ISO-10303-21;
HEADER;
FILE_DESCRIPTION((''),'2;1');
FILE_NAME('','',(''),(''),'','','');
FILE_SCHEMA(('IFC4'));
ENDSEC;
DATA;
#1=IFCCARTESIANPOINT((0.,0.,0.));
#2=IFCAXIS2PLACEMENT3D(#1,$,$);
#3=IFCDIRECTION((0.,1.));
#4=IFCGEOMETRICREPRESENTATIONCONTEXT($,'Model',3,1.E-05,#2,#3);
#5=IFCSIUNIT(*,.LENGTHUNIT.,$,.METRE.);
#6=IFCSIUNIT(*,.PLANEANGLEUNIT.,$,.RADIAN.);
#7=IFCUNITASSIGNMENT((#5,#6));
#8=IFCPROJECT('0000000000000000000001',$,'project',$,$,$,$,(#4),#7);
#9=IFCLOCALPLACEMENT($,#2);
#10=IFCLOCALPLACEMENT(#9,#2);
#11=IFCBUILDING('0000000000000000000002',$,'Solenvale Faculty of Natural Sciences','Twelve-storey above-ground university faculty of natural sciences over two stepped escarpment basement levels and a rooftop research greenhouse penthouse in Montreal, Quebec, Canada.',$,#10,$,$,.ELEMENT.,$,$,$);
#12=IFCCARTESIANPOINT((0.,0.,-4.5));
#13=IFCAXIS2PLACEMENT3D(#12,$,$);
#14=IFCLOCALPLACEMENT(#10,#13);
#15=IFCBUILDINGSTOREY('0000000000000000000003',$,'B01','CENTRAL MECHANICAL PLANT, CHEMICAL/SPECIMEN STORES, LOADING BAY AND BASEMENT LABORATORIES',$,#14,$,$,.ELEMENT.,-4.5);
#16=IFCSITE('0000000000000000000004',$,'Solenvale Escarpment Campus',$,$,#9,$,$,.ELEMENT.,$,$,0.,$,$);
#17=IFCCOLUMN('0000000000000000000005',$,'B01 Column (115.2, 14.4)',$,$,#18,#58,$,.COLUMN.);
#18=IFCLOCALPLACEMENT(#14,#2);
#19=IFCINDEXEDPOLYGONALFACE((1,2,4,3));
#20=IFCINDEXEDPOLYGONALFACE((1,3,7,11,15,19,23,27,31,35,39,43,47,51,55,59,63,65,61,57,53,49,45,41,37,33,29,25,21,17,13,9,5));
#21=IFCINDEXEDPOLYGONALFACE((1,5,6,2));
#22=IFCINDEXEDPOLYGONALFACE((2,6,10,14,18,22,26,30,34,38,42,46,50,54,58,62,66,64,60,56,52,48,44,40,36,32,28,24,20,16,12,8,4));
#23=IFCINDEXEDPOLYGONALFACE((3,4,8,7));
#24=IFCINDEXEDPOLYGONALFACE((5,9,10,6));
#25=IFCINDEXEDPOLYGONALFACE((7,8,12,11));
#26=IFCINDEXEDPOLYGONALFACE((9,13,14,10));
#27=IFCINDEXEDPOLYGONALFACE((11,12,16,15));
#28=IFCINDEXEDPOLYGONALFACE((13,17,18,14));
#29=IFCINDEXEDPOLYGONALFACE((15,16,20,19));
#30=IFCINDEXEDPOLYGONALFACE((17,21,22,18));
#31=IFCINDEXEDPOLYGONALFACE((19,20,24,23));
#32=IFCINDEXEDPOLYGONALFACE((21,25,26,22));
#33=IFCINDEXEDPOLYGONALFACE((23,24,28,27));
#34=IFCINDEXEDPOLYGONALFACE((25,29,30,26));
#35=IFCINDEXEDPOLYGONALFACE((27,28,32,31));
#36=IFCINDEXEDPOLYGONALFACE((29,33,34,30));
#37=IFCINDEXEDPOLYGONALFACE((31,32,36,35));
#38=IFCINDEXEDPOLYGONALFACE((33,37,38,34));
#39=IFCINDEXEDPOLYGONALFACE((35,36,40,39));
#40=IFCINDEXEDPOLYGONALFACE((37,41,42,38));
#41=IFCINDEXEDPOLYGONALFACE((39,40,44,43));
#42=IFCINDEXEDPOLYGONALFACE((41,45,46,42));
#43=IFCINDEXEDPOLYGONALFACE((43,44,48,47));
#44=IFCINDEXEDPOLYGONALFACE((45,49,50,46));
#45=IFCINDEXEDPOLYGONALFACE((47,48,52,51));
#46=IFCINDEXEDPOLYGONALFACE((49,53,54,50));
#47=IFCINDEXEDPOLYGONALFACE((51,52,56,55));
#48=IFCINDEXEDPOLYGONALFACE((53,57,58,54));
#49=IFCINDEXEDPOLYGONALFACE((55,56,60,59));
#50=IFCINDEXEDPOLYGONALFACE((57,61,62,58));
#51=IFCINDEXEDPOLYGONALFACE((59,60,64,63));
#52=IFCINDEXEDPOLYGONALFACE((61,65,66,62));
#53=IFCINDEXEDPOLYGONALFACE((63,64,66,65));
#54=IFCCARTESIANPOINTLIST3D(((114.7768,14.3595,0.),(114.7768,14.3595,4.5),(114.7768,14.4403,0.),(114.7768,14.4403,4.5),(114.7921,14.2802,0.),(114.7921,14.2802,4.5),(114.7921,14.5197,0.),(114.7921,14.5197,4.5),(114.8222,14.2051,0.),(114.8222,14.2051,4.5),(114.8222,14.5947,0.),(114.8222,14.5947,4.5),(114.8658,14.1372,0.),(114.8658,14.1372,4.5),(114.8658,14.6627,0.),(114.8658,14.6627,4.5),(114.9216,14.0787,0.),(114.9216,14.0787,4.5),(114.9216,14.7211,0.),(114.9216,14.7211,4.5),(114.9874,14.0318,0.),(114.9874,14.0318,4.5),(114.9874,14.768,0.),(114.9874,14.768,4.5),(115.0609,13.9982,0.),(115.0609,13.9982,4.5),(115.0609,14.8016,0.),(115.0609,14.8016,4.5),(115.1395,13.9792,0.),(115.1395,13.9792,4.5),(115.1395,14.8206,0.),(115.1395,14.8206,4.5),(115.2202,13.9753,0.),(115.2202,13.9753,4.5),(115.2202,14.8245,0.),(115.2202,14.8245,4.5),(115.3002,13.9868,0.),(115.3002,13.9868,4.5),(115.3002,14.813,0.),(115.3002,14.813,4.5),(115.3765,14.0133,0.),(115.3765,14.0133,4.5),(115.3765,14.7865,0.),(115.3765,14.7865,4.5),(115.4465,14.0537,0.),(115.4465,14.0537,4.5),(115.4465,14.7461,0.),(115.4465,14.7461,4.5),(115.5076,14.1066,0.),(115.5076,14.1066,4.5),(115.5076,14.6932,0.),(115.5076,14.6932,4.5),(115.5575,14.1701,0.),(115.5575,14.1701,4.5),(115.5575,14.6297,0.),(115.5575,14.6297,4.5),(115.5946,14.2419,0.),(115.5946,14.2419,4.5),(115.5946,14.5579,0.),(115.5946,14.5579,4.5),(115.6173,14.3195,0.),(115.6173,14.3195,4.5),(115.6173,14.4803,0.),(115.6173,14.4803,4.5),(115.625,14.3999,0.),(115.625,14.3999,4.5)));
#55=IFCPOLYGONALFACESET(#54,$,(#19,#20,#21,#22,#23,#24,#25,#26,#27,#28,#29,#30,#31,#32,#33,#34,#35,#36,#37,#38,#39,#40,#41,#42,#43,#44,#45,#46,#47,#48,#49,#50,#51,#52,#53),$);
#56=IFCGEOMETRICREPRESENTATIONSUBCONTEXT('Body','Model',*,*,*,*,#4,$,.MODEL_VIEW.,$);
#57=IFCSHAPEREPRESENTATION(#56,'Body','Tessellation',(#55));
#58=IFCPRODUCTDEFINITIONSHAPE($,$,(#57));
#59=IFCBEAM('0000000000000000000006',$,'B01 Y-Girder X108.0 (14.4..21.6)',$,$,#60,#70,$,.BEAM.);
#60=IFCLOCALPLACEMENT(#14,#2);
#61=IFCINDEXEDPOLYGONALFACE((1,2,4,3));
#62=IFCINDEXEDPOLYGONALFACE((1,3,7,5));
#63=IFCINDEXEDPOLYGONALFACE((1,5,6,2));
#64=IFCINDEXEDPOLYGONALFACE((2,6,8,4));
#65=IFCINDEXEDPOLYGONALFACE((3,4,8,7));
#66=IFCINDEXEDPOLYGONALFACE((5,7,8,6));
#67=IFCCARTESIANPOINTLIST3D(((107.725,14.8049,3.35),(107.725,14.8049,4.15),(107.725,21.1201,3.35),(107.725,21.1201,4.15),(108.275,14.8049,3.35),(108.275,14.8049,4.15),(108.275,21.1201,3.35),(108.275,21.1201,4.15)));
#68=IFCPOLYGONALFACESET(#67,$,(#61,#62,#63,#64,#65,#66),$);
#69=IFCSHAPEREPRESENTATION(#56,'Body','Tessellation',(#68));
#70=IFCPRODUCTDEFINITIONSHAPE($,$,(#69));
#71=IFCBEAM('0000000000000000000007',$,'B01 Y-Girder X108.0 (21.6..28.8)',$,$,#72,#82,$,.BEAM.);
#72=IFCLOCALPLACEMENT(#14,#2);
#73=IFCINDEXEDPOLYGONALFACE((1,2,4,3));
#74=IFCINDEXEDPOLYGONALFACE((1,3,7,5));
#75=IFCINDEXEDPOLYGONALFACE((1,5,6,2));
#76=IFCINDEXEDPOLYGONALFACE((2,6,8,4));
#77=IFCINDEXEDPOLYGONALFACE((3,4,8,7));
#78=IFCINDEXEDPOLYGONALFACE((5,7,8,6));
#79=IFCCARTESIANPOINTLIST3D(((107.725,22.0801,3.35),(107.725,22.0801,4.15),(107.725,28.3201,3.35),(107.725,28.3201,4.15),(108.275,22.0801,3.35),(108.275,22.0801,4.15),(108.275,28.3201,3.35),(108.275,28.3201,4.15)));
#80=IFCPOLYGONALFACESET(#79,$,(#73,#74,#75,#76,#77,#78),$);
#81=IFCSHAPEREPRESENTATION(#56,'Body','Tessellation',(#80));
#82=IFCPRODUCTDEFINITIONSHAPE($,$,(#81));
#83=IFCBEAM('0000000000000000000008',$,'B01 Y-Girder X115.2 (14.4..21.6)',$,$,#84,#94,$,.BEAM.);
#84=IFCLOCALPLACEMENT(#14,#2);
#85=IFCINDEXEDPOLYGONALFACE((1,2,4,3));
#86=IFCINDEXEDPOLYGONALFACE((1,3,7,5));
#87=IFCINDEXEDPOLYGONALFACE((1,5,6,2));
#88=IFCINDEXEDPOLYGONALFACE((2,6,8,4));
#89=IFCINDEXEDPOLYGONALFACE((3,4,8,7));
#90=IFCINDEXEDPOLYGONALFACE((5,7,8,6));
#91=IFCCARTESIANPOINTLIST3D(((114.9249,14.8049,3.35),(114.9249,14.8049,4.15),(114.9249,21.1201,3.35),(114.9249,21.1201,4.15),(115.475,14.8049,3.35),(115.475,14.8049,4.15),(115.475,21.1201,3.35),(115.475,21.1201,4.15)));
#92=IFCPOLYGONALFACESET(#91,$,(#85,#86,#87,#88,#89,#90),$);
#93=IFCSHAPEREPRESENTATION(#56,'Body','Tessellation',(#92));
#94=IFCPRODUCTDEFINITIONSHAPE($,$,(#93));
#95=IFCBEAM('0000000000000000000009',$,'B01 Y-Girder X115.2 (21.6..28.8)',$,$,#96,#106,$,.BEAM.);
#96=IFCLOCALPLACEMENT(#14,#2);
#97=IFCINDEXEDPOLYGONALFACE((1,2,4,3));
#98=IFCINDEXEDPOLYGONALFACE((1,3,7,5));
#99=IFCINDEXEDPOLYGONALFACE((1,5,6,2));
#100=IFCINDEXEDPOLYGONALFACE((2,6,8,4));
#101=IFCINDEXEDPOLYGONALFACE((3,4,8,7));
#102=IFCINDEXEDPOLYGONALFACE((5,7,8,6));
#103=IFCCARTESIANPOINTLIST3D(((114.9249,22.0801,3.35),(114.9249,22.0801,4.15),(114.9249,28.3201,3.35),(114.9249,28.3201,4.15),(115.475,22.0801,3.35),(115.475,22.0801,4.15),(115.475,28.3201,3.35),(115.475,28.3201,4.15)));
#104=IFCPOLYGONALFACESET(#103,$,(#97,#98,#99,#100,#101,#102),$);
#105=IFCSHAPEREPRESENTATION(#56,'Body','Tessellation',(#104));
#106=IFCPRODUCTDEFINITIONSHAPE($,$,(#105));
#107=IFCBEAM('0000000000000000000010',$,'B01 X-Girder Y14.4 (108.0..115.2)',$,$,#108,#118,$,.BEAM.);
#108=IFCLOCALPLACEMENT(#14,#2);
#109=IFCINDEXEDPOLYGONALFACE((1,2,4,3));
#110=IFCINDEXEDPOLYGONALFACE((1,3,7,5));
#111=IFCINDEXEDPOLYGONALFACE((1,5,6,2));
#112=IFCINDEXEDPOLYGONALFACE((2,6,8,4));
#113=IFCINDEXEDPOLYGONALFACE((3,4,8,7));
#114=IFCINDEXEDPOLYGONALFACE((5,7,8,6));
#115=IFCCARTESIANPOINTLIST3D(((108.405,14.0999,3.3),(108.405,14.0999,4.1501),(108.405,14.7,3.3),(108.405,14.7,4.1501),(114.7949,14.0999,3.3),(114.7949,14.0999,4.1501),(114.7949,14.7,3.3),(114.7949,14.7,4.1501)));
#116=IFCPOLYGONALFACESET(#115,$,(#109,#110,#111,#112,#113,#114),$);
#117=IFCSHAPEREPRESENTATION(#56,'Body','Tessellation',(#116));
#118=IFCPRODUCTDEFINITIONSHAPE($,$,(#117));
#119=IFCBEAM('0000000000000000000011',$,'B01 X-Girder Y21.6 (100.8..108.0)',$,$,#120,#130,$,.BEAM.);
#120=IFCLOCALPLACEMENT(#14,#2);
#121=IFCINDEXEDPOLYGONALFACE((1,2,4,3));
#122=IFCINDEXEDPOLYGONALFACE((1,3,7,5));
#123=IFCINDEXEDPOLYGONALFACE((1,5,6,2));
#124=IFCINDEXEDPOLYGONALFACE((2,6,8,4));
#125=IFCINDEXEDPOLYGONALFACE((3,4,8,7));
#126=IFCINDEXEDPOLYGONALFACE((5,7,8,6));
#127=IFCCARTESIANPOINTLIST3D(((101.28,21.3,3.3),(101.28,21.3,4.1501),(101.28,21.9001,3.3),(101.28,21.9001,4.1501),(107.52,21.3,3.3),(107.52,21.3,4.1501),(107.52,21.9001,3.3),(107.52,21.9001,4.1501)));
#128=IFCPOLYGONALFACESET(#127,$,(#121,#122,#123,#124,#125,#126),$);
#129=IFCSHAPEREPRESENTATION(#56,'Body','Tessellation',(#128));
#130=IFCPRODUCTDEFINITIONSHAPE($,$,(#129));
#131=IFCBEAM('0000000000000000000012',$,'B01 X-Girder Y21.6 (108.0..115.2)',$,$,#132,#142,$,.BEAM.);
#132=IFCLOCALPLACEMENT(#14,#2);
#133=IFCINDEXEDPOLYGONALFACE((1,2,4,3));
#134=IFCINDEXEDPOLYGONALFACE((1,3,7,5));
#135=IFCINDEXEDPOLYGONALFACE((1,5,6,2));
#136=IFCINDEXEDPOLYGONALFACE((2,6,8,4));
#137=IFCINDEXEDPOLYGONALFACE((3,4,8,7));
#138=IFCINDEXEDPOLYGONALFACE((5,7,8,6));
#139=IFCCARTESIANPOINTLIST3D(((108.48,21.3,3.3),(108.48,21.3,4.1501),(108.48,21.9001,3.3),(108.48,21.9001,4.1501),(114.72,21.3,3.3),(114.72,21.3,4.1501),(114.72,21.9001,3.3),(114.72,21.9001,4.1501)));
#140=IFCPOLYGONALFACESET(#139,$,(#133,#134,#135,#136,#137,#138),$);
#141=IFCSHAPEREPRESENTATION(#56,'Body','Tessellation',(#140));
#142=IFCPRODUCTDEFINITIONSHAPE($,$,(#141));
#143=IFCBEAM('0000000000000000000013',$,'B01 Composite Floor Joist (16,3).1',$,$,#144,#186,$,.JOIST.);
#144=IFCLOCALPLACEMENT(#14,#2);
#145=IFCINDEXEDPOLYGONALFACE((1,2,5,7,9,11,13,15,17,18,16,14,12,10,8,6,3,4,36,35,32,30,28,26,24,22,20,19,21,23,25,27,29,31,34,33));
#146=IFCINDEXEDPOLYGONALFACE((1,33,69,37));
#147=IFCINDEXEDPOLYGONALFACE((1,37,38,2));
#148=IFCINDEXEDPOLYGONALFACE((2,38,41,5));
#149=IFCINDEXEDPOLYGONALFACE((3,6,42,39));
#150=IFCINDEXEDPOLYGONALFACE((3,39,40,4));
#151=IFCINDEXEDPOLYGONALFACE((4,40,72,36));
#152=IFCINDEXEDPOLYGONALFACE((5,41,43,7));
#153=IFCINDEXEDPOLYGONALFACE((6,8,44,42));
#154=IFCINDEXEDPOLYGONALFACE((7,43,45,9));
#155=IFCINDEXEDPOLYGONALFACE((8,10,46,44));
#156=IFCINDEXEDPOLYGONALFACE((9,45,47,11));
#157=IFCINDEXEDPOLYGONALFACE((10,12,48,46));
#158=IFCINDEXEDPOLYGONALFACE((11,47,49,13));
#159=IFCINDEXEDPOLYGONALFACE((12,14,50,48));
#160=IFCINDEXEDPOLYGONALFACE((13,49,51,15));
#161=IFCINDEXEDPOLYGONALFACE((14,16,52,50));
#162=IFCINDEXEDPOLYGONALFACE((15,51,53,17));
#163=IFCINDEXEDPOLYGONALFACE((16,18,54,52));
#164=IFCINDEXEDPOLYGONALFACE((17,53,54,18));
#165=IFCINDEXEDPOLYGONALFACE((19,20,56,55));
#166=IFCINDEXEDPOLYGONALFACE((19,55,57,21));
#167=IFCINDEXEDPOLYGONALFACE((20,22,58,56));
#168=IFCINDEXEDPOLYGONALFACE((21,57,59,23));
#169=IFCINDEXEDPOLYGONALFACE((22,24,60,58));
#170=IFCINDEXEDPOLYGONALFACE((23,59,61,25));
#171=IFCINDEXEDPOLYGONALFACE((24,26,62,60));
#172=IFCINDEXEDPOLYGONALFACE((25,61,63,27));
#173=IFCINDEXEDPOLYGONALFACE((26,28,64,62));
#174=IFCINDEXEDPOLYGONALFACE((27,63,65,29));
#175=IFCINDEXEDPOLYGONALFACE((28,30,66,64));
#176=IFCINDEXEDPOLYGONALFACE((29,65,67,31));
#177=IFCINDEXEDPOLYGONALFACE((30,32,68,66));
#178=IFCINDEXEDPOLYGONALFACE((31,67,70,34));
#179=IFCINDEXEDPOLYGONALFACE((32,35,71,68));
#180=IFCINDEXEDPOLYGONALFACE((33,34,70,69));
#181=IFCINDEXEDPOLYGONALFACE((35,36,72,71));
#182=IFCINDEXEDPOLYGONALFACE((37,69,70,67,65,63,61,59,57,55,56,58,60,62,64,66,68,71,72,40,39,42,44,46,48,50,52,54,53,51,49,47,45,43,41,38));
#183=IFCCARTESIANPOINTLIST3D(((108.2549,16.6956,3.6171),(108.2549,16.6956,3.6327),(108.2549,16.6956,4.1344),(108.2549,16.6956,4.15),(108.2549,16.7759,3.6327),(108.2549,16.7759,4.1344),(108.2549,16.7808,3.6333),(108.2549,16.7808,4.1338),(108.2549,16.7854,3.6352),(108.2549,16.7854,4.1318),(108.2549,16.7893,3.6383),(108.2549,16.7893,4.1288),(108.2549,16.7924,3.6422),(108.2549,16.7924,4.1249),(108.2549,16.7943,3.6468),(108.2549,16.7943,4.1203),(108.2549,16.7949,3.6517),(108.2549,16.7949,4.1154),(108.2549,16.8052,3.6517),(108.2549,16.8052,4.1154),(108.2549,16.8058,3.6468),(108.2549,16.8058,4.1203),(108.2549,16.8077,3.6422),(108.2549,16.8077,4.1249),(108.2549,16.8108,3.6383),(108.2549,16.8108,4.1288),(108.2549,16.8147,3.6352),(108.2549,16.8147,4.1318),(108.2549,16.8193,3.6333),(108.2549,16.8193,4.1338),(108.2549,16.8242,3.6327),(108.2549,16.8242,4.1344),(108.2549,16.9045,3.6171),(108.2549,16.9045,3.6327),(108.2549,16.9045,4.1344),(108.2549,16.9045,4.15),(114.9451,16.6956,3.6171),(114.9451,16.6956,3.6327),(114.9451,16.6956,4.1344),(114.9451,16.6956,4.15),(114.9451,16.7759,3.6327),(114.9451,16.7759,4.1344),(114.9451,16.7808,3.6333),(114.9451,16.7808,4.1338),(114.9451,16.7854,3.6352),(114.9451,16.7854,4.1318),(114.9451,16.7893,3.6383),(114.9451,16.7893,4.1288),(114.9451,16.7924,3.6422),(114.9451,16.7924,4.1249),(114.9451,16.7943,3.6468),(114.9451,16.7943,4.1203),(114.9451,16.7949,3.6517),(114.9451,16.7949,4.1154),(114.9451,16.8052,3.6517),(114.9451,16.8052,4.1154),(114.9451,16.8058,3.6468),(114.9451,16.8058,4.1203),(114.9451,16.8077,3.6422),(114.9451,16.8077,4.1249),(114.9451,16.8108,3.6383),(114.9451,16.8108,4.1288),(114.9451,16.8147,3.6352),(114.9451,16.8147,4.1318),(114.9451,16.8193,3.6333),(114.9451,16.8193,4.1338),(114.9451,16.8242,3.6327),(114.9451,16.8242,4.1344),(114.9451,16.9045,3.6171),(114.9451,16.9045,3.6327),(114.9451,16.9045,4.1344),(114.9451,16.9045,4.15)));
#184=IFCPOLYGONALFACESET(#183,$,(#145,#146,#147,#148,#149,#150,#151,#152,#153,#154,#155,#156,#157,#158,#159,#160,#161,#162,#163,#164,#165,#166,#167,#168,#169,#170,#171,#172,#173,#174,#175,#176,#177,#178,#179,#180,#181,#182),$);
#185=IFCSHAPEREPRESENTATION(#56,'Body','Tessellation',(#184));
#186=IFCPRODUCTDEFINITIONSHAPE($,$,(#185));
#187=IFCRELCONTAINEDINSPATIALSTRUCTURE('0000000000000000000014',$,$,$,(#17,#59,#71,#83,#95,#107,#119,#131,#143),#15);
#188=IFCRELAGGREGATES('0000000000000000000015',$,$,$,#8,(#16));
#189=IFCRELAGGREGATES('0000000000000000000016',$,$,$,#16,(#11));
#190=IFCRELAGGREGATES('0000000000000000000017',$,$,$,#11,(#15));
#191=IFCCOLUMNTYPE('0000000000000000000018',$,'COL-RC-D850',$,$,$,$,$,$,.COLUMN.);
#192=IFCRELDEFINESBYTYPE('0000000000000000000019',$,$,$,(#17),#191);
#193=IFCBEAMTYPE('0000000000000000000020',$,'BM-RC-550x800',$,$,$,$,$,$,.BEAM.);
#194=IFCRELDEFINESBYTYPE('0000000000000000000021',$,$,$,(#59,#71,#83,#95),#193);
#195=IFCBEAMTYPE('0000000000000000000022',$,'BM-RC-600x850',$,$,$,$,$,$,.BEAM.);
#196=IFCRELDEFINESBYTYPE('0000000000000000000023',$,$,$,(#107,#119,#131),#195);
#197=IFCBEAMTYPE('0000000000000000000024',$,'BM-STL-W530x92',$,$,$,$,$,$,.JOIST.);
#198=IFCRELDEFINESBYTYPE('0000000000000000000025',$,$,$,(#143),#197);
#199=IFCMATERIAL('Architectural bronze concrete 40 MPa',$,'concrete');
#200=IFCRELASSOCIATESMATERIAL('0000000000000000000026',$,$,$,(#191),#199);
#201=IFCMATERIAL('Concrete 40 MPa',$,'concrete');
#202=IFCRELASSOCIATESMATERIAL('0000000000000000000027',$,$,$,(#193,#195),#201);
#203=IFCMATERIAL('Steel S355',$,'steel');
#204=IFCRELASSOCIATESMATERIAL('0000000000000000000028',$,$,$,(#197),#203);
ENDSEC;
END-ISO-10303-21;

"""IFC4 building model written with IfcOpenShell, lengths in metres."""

from ifc_helpers import new_model, si_unit, direction, frame, origin, origin_2d, place, context, subcontext, project, spatial, rectangle, circle, i_section, extrude, material, material_profile, profile_set, type_object, element, save


model = new_model("IFC4")

# Units and contexts
model_context = context("Model", 3, precision=1e-05, world=origin(), true_north=direction((0.0, 1.0)))
body_context = subcontext(model_context, "Body", "Model", "MODEL_VIEW")
ifc_project = project(units=[si_unit("LENGTHUNIT", "METRE"), si_unit("PLANEANGLEUNIT", "RADIAN")], contexts=[model_context])

# Site, building, storey
site_placement = place(None, origin())
site = spatial("IfcSite", under=ifc_project, at=site_placement, Name="Solenvale Escarpment Campus", CompositionType="ELEMENT", RefElevation=0.0)
building_placement = place(site_placement, origin())
building = spatial("IfcBuilding", under=site, at=building_placement, Name="Solenvale Faculty of Natural Sciences", Description="Twelve-storey above-ground university faculty of natural sciences over two stepped escarpment basement levels and a rooftop research greenhouse penthouse in Montreal, Quebec, Canada.", CompositionType="ELEMENT")
storey_placement = place(building_placement, frame((0.0, 0.0, -4.5)))
storey = spatial("IfcBuildingStorey", under=building, at=storey_placement, Name="B01", Description="CENTRAL MECHANICAL PLANT, CHEMICAL/SPECIMEN STORES, LOADING BAY AND BASEMENT LABORATORIES", CompositionType="ELEMENT", Elevation=-4.5)

# Shared definitions
ifc_material_1 = material(Name="Concrete 40 MPa", Category="concrete")

# Column
ifc_material_2 = material(Name="Architectural bronze concrete 40 MPa", Category="concrete")
ifc_material_profile_1 = material_profile(ifc_material_2, circle(Radius=0.425, at=origin_2d()), Name="RC-COL-D850")
ifc_profile_set_1 = profile_set([ifc_material_profile_1], Name="Architectural bronze concrete 40 MPa")
column_type_1 = type_object("IfcColumnType", Name="COL-RC-D850", PredefinedType="COLUMN", material=ifc_profile_set_1)
for number, where, z_axis, x_axis, name in (
    (1, (115.2, 14.3999, 0.0), (0.0, 0.0, 1.0), (1.0, 0.0, 0.0), "B01 Column (115.2, 14.4)"),
):
    element("IfcColumn", number, at=place(storey_placement, frame(where, z_axis=z_axis, x_axis=x_axis)), inside=storey, type_object=column_type_1, Name=name, PredefinedType="COLUMN", context=body_context, shape_type="SweptSolid", body=[
        extrude(circle(Radius=0.425, at=origin_2d()), origin(), (0.0, 0.0, 1.0), 4.5),
    ])

# Beams
ifc_material_profile_2 = material_profile(ifc_material_1, rectangle(XDim=0.55, YDim=0.8, at=origin_2d()), Name="RC-BM-550x800")
ifc_profile_set_2 = profile_set([ifc_material_profile_2], Name="Concrete 40 MPa")
beam_type_1 = type_object("IfcBeamType", Name="BM-RC-550x800", PredefinedType="BEAM", material=ifc_profile_set_2)
beam_1_placement = place(storey_placement, frame((108.0, 14.8049, 3.75), z_axis=(0.0, 1.0, 0.0), x_axis=(-1.0, 0.0, 0.0)))
element("IfcBeam", 2, at=beam_1_placement, inside=storey, type_object=beam_type_1, Name="B01 Y-Girder X108.0 (14.4..21.6)", PredefinedType="BEAM", context=body_context, shape_type="SweptSolid", body=[
    extrude(rectangle(XDim=0.55, YDim=0.8, at=origin_2d()), origin(), (0.0, 0.0, 1.0), 6.3152),
])
beam_2_placement = place(storey_placement, frame((108.0, 22.0801, 3.75), z_axis=(0.0, 1.0, 0.0), x_axis=(-1.0, 0.0, 0.0)))
element("IfcBeam", 3, at=beam_2_placement, inside=storey, type_object=beam_type_1, Name="B01 Y-Girder X108.0 (21.6..28.8)", PredefinedType="BEAM", context=body_context, shape_type="SweptSolid", body=[
    extrude(rectangle(XDim=0.55, YDim=0.8, at=origin_2d()), origin(), (0.0, 0.0, 1.0), 6.24),
])
beam_3_placement = place(storey_placement, frame((115.2, 14.8049, 3.75), z_axis=(0.0, 1.0, 0.0), x_axis=(-1.0, 0.0, 0.0)))
element("IfcBeam", 4, at=beam_3_placement, inside=storey, type_object=beam_type_1, Name="B01 Y-Girder X115.2 (14.4..21.6)", PredefinedType="BEAM", context=body_context, shape_type="SweptSolid", body=[
    extrude(rectangle(XDim=0.55, YDim=0.8, at=origin_2d()), origin(), (0.0, 0.0, 1.0), 6.3152),
])
beam_4_placement = place(storey_placement, frame((115.2, 22.0801, 3.75), z_axis=(0.0, 1.0, 0.0), x_axis=(-1.0, 0.0, 0.0)))
element("IfcBeam", 5, at=beam_4_placement, inside=storey, type_object=beam_type_1, Name="B01 Y-Girder X115.2 (21.6..28.8)", PredefinedType="BEAM", context=body_context, shape_type="SweptSolid", body=[
    extrude(rectangle(XDim=0.55, YDim=0.8, at=origin_2d()), origin(), (0.0, 0.0, 1.0), 6.24),
])
ifc_material_profile_3 = material_profile(ifc_material_1, rectangle(XDim=0.6001, YDim=0.8501, at=origin_2d()), Name="RC-BM-600x850")
ifc_profile_set_3 = profile_set([ifc_material_profile_3], Name="Concrete 40 MPa")
beam_type_2 = type_object("IfcBeamType", Name="BM-RC-600x850", PredefinedType="BEAM", material=ifc_profile_set_3)
beam_5_placement = place(storey_placement, frame((108.405, 14.3999, 3.7251), z_axis=(1.0, 0.0, 0.0), x_axis=(0.0, 1.0, 0.0)))
element("IfcBeam", 6, at=beam_5_placement, inside=storey, type_object=beam_type_2, Name="B01 X-Girder Y14.4 (108.0..115.2)", PredefinedType="BEAM", context=body_context, shape_type="SweptSolid", body=[
    extrude(rectangle(XDim=0.6001, YDim=0.8501, at=origin_2d()), origin(), (0.0, 0.0, 1.0), 6.3899),
])
for number, where, z_axis, x_axis, name in (
    (7, (101.28, 21.6001, 3.7251), (1.0, 0.0, 0.0), (0.0, 1.0, 0.0), "B01 X-Girder Y21.6 (100.8..108.0)"),
    (8, (108.48, 21.6001, 3.7251), (1.0, 0.0, 0.0), (0.0, 1.0, 0.0), "B01 X-Girder Y21.6 (108.0..115.2)"),
):
    element("IfcBeam", number, at=place(storey_placement, frame(where, z_axis=z_axis, x_axis=x_axis)), inside=storey, type_object=beam_type_2, Name=name, PredefinedType="BEAM", context=body_context, shape_type="SweptSolid", body=[
        extrude(rectangle(XDim=0.6001, YDim=0.8501, at=origin_2d()), origin(), (0.0, 0.0, 1.0), 6.24),
    ])
ifc_material_3 = material(Name="Steel S355", Category="steel")
ifc_material_profile_4 = material_profile(ifc_material_3, i_section(OverallWidth=0.209, OverallDepth=0.533, WebThickness=0.0103, FlangeThickness=0.0156, FilletRadius=0.019, at=origin_2d()), Name="W530x92")
ifc_profile_set_4 = profile_set([ifc_material_profile_4], Name="Steel S355")
beam_type_3 = type_object("IfcBeamType", Name="BM-STL-W530x92", PredefinedType="JOIST", material=ifc_profile_set_4)
for number, where, z_axis, x_axis, name in (
    (9, (108.2549, 16.8, 3.8835), (1.0, 0.0, 0.0), (0.0, 1.0, 0.0), "B01 Composite Floor Joist (16,3).1"),
):
    element("IfcBeam", number, at=place(storey_placement, frame(where, z_axis=z_axis, x_axis=x_axis)), inside=storey, type_object=beam_type_3, Name=name, PredefinedType="JOIST", context=body_context, shape_type="SweptSolid", body=[
        extrude(i_section(OverallWidth=0.209, OverallDepth=0.533, WebThickness=0.0103, FlangeThickness=0.0156, FilletRadius=0.019, at=origin_2d()), origin(), (0.0, 0.0, 1.0), 6.6902),
    ])

save(model, "model.ifc")
